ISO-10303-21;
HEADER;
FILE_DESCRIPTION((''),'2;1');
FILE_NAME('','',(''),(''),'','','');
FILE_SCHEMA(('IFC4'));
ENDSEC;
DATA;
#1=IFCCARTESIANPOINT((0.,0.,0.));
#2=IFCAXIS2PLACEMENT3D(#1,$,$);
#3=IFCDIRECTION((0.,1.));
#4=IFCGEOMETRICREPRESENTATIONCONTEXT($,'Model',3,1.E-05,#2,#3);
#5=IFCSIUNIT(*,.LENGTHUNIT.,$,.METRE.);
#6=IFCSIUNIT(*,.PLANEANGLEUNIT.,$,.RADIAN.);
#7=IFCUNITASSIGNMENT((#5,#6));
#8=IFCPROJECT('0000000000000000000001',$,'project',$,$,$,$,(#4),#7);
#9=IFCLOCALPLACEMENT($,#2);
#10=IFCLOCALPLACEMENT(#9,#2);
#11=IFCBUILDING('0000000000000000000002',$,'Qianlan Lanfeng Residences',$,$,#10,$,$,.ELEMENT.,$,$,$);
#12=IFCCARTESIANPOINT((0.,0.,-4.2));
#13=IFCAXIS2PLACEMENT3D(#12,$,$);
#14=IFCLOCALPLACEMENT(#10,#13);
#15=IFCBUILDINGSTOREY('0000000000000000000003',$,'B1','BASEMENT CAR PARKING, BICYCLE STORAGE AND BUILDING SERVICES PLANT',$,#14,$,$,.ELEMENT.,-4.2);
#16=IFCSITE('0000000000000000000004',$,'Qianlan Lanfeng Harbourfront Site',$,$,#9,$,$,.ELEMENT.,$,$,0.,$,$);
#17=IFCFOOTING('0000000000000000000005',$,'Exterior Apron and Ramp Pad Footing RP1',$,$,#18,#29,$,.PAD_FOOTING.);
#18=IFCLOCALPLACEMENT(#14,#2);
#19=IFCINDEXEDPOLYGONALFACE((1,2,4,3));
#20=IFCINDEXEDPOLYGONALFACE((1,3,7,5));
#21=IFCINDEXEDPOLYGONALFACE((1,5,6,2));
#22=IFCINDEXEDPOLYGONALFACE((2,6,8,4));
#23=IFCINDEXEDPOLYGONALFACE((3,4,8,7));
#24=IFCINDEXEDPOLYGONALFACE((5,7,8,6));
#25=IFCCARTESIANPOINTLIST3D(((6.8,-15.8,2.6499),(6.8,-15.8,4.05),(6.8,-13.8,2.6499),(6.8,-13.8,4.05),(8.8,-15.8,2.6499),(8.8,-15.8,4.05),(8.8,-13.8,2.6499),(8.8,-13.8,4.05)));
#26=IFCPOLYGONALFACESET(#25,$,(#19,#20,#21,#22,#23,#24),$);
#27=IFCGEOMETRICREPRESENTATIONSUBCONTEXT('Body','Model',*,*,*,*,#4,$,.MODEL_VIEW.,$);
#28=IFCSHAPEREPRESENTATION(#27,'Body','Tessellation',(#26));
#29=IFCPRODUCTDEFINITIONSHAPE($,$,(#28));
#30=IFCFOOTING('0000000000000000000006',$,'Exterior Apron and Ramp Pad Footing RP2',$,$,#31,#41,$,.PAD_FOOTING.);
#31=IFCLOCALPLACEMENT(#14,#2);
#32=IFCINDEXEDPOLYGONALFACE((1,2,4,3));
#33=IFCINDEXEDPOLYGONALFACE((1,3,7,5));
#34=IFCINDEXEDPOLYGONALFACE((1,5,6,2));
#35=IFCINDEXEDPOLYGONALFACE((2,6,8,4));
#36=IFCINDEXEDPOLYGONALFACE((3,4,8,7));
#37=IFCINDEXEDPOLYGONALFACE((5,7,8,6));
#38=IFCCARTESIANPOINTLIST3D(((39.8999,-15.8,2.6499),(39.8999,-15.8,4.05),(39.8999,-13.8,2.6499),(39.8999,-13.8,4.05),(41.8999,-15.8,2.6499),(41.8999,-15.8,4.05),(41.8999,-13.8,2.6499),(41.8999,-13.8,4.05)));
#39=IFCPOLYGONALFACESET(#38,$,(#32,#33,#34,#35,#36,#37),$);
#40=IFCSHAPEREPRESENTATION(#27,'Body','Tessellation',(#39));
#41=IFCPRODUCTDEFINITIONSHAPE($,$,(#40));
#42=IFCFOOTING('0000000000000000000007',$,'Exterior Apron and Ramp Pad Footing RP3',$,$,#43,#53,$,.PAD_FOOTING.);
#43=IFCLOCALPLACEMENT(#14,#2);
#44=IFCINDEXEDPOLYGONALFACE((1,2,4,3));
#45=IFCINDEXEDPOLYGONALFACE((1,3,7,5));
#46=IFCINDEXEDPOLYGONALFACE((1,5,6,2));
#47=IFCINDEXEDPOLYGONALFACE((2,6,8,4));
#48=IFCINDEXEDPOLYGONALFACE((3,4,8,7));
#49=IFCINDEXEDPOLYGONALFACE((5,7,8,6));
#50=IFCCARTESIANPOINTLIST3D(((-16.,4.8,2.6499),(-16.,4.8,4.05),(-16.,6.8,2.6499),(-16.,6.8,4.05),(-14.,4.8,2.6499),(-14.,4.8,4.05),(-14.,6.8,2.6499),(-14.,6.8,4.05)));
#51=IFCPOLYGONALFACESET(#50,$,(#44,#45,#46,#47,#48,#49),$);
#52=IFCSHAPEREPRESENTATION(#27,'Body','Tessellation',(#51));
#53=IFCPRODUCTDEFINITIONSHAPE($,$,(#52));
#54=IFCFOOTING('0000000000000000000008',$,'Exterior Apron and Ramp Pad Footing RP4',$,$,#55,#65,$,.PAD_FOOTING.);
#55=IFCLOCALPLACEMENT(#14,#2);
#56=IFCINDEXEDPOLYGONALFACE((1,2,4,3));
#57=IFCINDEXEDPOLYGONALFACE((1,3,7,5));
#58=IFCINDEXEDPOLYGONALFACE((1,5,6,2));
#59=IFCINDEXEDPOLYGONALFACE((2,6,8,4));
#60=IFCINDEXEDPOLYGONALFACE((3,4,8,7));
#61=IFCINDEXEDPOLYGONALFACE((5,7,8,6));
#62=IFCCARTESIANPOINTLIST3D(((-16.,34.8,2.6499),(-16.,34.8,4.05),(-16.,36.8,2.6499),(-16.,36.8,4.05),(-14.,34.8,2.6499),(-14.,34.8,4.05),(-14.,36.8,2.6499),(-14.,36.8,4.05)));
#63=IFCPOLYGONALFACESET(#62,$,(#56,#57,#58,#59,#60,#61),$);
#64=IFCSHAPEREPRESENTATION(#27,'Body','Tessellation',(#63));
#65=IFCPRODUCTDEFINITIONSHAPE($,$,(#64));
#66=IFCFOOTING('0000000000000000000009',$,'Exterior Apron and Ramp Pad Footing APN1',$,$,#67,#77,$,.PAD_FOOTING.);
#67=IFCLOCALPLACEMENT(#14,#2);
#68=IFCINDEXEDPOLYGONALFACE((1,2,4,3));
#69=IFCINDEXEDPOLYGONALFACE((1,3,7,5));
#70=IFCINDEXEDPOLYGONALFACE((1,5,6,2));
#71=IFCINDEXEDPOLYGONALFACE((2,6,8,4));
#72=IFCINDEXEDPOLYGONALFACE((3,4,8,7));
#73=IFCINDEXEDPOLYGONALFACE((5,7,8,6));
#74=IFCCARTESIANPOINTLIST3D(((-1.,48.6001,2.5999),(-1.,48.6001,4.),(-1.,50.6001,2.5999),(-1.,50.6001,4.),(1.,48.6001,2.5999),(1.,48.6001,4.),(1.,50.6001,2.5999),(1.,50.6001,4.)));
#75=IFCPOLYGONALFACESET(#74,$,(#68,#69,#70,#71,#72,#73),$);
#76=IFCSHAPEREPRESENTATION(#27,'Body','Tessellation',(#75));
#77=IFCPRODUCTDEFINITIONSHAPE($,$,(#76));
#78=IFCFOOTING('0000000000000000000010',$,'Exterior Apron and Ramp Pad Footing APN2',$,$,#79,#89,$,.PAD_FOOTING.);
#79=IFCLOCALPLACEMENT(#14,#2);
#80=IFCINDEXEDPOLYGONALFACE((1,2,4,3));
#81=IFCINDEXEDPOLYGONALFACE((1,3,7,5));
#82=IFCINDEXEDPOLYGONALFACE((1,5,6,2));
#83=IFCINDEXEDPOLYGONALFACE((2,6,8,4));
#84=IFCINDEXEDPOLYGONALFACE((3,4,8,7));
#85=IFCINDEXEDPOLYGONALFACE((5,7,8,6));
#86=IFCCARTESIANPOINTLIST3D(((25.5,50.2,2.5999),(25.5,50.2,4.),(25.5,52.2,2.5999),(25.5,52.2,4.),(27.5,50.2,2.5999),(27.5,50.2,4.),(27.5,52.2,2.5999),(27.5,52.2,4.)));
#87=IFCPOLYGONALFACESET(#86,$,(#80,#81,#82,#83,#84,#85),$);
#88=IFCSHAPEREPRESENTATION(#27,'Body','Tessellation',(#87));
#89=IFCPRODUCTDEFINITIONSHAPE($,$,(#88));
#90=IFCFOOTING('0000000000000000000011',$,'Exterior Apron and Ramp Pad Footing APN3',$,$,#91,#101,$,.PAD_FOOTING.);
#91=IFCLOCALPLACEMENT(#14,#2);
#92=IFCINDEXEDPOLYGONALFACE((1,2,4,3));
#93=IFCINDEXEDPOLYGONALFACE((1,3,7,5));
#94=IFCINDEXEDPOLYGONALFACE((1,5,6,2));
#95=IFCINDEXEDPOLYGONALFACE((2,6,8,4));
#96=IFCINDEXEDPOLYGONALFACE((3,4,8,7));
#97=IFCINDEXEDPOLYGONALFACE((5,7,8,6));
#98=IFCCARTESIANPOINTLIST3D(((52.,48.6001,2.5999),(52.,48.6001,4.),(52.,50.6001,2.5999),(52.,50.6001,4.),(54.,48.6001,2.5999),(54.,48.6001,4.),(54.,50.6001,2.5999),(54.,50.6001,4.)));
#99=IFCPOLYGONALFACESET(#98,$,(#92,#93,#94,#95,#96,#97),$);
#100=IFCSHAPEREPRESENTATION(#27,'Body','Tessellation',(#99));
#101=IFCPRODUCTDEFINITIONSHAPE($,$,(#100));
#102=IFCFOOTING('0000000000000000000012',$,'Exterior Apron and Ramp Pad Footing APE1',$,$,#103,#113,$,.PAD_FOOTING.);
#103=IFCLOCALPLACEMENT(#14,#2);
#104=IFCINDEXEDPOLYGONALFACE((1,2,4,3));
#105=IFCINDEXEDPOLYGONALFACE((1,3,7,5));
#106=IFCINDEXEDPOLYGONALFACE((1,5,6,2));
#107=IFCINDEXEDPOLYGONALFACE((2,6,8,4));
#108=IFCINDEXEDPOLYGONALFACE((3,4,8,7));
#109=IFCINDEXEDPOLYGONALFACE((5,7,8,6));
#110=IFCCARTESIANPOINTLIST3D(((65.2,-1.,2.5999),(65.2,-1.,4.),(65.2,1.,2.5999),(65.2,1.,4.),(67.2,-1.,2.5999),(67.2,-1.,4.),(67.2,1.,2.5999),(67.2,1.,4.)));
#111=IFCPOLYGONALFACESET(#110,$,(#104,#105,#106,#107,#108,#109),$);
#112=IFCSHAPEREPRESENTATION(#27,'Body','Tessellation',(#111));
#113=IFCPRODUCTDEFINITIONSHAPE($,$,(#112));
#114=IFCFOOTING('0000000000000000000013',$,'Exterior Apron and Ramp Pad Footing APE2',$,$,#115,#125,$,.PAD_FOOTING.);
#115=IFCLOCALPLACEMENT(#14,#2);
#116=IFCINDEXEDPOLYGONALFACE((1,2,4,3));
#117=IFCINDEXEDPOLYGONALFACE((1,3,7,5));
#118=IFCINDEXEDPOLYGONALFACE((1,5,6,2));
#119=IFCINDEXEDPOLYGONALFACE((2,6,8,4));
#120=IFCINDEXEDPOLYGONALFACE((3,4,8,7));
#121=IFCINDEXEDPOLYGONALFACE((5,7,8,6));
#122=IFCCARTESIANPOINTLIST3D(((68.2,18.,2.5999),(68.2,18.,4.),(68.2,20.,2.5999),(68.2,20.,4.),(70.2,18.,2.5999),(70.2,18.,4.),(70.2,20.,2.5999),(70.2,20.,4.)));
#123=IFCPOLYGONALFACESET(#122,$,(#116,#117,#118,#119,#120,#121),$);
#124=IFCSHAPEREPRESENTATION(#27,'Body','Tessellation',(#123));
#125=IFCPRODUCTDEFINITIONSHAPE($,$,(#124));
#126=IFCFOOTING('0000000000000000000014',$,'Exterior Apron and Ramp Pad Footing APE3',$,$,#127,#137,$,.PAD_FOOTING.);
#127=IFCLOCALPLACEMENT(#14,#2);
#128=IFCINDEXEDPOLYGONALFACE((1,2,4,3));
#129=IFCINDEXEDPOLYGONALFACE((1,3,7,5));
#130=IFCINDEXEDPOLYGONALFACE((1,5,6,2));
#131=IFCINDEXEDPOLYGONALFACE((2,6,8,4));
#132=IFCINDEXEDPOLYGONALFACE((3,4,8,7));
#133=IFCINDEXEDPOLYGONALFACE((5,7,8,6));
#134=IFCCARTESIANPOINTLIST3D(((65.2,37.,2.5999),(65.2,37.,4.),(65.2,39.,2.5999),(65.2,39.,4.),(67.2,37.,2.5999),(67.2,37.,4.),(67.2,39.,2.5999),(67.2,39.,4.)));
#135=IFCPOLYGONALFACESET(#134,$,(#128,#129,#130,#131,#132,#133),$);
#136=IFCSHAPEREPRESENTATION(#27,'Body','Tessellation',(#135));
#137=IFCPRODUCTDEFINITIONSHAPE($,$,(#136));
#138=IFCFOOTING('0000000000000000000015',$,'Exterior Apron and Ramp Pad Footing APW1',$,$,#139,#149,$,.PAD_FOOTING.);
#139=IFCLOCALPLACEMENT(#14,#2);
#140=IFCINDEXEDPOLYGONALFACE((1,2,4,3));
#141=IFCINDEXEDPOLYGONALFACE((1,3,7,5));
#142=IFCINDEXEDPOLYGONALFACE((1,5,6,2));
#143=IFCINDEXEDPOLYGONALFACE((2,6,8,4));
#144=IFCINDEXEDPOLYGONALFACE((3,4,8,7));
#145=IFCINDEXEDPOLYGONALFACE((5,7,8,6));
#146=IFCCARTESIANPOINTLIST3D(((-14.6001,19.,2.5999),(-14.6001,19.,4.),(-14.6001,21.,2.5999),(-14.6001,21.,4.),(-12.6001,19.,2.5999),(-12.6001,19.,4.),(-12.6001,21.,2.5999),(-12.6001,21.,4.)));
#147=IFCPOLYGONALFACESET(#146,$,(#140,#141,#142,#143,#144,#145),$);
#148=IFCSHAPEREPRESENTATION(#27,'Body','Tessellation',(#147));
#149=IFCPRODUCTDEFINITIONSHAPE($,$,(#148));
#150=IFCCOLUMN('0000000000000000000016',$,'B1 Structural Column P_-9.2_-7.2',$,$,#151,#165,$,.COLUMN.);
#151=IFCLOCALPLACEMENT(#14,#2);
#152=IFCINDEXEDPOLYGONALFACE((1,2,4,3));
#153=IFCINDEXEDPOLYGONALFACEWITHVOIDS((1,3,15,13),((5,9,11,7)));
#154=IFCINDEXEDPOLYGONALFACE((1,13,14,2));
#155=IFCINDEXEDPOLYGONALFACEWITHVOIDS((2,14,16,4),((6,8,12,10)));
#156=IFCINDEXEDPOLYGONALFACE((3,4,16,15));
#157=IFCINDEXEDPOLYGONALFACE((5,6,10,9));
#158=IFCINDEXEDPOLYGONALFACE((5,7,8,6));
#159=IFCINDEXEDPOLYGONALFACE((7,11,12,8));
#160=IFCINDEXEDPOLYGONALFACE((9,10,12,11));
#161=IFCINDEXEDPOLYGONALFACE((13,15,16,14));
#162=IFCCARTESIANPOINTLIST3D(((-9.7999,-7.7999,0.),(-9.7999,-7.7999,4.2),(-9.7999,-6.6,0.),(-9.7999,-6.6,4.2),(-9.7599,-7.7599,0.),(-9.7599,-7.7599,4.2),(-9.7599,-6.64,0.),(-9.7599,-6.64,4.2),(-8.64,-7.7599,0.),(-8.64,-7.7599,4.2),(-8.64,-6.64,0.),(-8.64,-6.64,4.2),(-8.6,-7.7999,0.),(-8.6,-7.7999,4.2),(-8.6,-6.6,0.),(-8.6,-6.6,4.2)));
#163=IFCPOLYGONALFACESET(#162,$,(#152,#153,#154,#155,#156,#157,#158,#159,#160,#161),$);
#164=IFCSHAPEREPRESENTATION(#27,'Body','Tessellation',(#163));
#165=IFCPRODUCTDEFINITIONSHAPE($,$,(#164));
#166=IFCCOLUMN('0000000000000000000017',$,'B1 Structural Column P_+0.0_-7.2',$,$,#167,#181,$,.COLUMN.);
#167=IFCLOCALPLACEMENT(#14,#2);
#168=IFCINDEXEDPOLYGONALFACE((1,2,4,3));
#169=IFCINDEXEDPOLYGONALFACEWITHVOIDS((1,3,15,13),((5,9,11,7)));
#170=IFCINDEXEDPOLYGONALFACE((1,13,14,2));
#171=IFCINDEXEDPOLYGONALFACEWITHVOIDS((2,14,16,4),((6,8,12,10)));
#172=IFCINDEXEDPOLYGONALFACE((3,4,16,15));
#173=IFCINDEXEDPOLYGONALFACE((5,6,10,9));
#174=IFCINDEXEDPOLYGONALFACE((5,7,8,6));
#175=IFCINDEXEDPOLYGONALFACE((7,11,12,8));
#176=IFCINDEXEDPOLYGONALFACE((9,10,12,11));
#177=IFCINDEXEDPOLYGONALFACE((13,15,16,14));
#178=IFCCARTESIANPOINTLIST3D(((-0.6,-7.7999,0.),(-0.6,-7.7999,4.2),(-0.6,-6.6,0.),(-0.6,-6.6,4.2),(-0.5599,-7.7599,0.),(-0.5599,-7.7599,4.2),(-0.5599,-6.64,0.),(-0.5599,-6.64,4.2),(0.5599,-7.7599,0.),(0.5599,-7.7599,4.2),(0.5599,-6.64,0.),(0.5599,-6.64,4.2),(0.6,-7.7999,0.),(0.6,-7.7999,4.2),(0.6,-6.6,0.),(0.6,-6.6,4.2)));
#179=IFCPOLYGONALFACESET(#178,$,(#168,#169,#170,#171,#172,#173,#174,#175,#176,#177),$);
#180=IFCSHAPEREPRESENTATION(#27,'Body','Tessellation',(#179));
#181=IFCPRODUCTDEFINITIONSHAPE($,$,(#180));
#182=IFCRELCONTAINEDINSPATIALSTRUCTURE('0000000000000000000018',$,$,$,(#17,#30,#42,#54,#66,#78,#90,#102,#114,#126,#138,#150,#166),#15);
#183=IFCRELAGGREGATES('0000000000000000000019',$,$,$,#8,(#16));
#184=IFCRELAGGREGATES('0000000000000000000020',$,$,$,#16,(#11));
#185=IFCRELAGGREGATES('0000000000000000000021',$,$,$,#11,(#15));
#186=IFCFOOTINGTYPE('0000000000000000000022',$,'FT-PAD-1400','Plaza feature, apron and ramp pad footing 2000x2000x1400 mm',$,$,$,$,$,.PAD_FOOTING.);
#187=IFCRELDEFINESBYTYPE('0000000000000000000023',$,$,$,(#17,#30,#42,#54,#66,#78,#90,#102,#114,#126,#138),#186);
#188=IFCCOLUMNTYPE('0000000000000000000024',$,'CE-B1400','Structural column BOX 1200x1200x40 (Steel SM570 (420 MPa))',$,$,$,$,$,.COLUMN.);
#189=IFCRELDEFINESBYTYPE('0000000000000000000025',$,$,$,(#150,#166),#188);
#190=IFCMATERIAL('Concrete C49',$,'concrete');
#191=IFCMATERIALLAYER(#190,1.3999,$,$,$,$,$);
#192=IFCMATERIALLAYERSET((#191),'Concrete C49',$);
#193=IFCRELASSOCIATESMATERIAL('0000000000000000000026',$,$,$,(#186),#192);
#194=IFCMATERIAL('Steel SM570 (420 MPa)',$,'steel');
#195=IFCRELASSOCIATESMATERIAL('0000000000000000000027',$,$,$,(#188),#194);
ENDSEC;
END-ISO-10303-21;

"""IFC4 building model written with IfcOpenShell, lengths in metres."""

from ifc_helpers import new_model, si_unit, direction, frame, origin, origin_2d, place, context, subcontext, project, spatial, polyline, hollow_rectangle, outline, extrude, material, layer, layer_set, material_profile, profile_set, type_object, element, save


model = new_model("IFC4")

# Units and contexts
model_context = context("Model", 3, precision=1e-05, world=origin(), true_north=direction((0.0, 1.0)))
body_context = subcontext(model_context, "Body", "Model", "MODEL_VIEW")
ifc_project = project(units=[si_unit("LENGTHUNIT", "METRE"), si_unit("PLANEANGLEUNIT", "RADIAN")], contexts=[model_context])

# Site, building, storey
site_placement = place(None, origin())
site = spatial("IfcSite", under=ifc_project, at=site_placement, Name="Qianlan Lanfeng Harbourfront Site", CompositionType="ELEMENT", RefElevation=0.0)
building_placement = place(site_placement, origin())
building = spatial("IfcBuilding", under=site, at=building_placement, Name="Qianlan Lanfeng Residences", CompositionType="ELEMENT")
storey_placement = place(building_placement, frame((0.0, 0.0, -4.2)))
storey = spatial("IfcBuildingStorey", under=building, at=storey_placement, Name="B1", Description="BASEMENT CAR PARKING, BICYCLE STORAGE AND BUILDING SERVICES PLANT", CompositionType="ELEMENT", Elevation=-4.2)

# Footings
ifc_material_1 = material(Name="Concrete C49", Category="concrete")
ifc_layer_1 = layer(ifc_material_1, 1.3999)
ifc_layer_set_1 = layer_set([ifc_layer_1], Name="Concrete C49")
footing_type = type_object("IfcFootingType", Name="FT-PAD-1400", Description="Plaza feature, apron and ramp pad footing 2000x2000x1400 mm", PredefinedType="PAD_FOOTING", material=ifc_layer_set_1)
footing_1_placement = place(storey_placement, frame((0.0, 0.0, 2.6499)))
element("IfcFooting", 1, at=footing_1_placement, inside=storey, type_object=footing_type, Name="Exterior Apron and Ramp Pad Footing RP1", PredefinedType="PAD_FOOTING", context=body_context, shape_type="SweptSolid", body=[
    extrude(outline(polyline([(6.8, -15.8), (8.8, -15.8), (8.8, -13.8), (6.8, -13.8), (6.8, -15.8)])), origin(), (0.0, 0.0, 1.0), 1.4001),
])
footing_2_placement = place(storey_placement, frame((0.0, 0.0, 2.6499)))
element("IfcFooting", 2, at=footing_2_placement, inside=storey, type_object=footing_type, Name="Exterior Apron and Ramp Pad Footing RP2", PredefinedType="PAD_FOOTING", context=body_context, shape_type="SweptSolid", body=[
    extrude(outline(polyline([(39.8999, -15.8), (41.8999, -15.8), (41.8999, -13.8), (39.8999, -13.8), (39.8999, -15.8)])), origin(), (0.0, 0.0, 1.0), 1.4001),
])
footing_3_placement = place(storey_placement, frame((0.0, 0.0, 2.6499)))
element("IfcFooting", 3, at=footing_3_placement, inside=storey, type_object=footing_type, Name="Exterior Apron and Ramp Pad Footing RP3", PredefinedType="PAD_FOOTING", context=body_context, shape_type="SweptSolid", body=[
    extrude(outline(polyline([(-16.0, 4.8), (-14.0, 4.8), (-14.0, 6.8), (-16.0, 6.8), (-16.0, 4.8)])), origin(), (0.0, 0.0, 1.0), 1.4001),
])
footing_4_placement = place(storey_placement, frame((0.0, 0.0, 2.6499)))
element("IfcFooting", 4, at=footing_4_placement, inside=storey, type_object=footing_type, Name="Exterior Apron and Ramp Pad Footing RP4", PredefinedType="PAD_FOOTING", context=body_context, shape_type="SweptSolid", body=[
    extrude(outline(polyline([(-16.0, 34.8), (-14.0, 34.8), (-14.0, 36.8), (-16.0, 36.8), (-16.0, 34.8)])), origin(), (0.0, 0.0, 1.0), 1.4001),
])
footing_5_placement = place(storey_placement, frame((0.0, 0.0, 2.5999)))
element("IfcFooting", 5, at=footing_5_placement, inside=storey, type_object=footing_type, Name="Exterior Apron and Ramp Pad Footing APN1", PredefinedType="PAD_FOOTING", context=body_context, shape_type="SweptSolid", body=[
    extrude(outline(polyline([(-1.0, 48.6001), (1.0, 48.6001), (1.0, 50.6001), (-1.0, 50.6001), (-1.0, 48.6001)])), origin(), (0.0, 0.0, 1.0), 1.4001),
])
footing_6_placement = place(storey_placement, frame((0.0, 0.0, 2.5999)))
element("IfcFooting", 6, at=footing_6_placement, inside=storey, type_object=footing_type, Name="Exterior Apron and Ramp Pad Footing APN2", PredefinedType="PAD_FOOTING", context=body_context, shape_type="SweptSolid", body=[
    extrude(outline(polyline([(25.5, 50.2), (27.5, 50.2), (27.5, 52.2), (25.5, 52.2), (25.5, 50.2)])), origin(), (0.0, 0.0, 1.0), 1.4001),
])
footing_7_placement = place(storey_placement, frame((0.0, 0.0, 2.5999)))
element("IfcFooting", 7, at=footing_7_placement, inside=storey, type_object=footing_type, Name="Exterior Apron and Ramp Pad Footing APN3", PredefinedType="PAD_FOOTING", context=body_context, shape_type="SweptSolid", body=[
    extrude(outline(polyline([(52.0, 48.6001), (54.0, 48.6001), (54.0, 50.6001), (52.0, 50.6001), (52.0, 48.6001)])), origin(), (0.0, 0.0, 1.0), 1.4001),
])
footing_8_placement = place(storey_placement, frame((0.0, 0.0, 2.5999)))
element("IfcFooting", 8, at=footing_8_placement, inside=storey, type_object=footing_type, Name="Exterior Apron and Ramp Pad Footing APE1", PredefinedType="PAD_FOOTING", context=body_context, shape_type="SweptSolid", body=[
    extrude(outline(polyline([(65.2, -1.0), (67.2, -1.0), (67.2, 1.0), (65.2, 1.0), (65.2, -1.0)])), origin(), (0.0, 0.0, 1.0), 1.4001),
])
footing_9_placement = place(storey_placement, frame((0.0, 0.0, 2.5999)))
element("IfcFooting", 9, at=footing_9_placement, inside=storey, type_object=footing_type, Name="Exterior Apron and Ramp Pad Footing APE2", PredefinedType="PAD_FOOTING", context=body_context, shape_type="SweptSolid", body=[
    extrude(outline(polyline([(68.2, 18.0), (70.2, 18.0), (70.2, 20.0), (68.2, 20.0), (68.2, 18.0)])), origin(), (0.0, 0.0, 1.0), 1.4001),
])
footing_10_placement = place(storey_placement, frame((0.0, 0.0, 2.5999)))
element("IfcFooting", 10, at=footing_10_placement, inside=storey, type_object=footing_type, Name="Exterior Apron and Ramp Pad Footing APE3", PredefinedType="PAD_FOOTING", context=body_context, shape_type="SweptSolid", body=[
    extrude(outline(polyline([(65.2, 37.0), (67.2, 37.0), (67.2, 39.0), (65.2, 39.0), (65.2, 37.0)])), origin(), (0.0, 0.0, 1.0), 1.4001),
])
footing_11_placement = place(storey_placement, frame((0.0, 0.0, 2.5999)))
element("IfcFooting", 11, at=footing_11_placement, inside=storey, type_object=footing_type, Name="Exterior Apron and Ramp Pad Footing APW1", PredefinedType="PAD_FOOTING", context=body_context, shape_type="SweptSolid", body=[
    extrude(outline(polyline([(-14.6001, 19.0), (-12.6001, 19.0), (-12.6001, 21.0), (-14.6001, 21.0), (-14.6001, 19.0)])), origin(), (0.0, 0.0, 1.0), 1.4001),
])

# Columns
ifc_material_2 = material(Name="Steel SM570 (420 MPa)", Category="steel")
ifc_material_profile_1 = material_profile(ifc_material_2, hollow_rectangle(XDim=1.2, YDim=1.2, WallThickness=0.04, at=origin_2d()), Name="BOX 1200x1200x40")
ifc_profile_set_1 = profile_set([ifc_material_profile_1], Name="Steel SM570 (420 MPa)")
column_type = type_object("IfcColumnType", Name="CE-B1400", Description="Structural column BOX 1200x1200x40 (Steel SM570 (420 MPa))", PredefinedType="COLUMN", material=ifc_profile_set_1)
for number, where, z_axis, x_axis, name in (
    (12, (-9.2, -7.2, 0.0), (0.0, 0.0, 1.0), (1.0, 0.0, 0.0), "B1 Structural Column P_-9.2_-7.2"),
    (13, (0.0, -7.2, 0.0), (0.0, 0.0, 1.0), (1.0, 0.0, 0.0), "B1 Structural Column P_+0.0_-7.2"),
):
    element("IfcColumn", number, at=place(storey_placement, frame(where, z_axis=z_axis, x_axis=x_axis)), inside=storey, type_object=column_type, Name=name, PredefinedType="COLUMN", context=body_context, shape_type="SweptSolid", body=[
        extrude(hollow_rectangle(XDim=1.2, YDim=1.2, WallThickness=0.04, at=origin_2d()), origin(), (0.0, 0.0, 1.0), 4.2),
    ])

save(model, "model.ifc")
